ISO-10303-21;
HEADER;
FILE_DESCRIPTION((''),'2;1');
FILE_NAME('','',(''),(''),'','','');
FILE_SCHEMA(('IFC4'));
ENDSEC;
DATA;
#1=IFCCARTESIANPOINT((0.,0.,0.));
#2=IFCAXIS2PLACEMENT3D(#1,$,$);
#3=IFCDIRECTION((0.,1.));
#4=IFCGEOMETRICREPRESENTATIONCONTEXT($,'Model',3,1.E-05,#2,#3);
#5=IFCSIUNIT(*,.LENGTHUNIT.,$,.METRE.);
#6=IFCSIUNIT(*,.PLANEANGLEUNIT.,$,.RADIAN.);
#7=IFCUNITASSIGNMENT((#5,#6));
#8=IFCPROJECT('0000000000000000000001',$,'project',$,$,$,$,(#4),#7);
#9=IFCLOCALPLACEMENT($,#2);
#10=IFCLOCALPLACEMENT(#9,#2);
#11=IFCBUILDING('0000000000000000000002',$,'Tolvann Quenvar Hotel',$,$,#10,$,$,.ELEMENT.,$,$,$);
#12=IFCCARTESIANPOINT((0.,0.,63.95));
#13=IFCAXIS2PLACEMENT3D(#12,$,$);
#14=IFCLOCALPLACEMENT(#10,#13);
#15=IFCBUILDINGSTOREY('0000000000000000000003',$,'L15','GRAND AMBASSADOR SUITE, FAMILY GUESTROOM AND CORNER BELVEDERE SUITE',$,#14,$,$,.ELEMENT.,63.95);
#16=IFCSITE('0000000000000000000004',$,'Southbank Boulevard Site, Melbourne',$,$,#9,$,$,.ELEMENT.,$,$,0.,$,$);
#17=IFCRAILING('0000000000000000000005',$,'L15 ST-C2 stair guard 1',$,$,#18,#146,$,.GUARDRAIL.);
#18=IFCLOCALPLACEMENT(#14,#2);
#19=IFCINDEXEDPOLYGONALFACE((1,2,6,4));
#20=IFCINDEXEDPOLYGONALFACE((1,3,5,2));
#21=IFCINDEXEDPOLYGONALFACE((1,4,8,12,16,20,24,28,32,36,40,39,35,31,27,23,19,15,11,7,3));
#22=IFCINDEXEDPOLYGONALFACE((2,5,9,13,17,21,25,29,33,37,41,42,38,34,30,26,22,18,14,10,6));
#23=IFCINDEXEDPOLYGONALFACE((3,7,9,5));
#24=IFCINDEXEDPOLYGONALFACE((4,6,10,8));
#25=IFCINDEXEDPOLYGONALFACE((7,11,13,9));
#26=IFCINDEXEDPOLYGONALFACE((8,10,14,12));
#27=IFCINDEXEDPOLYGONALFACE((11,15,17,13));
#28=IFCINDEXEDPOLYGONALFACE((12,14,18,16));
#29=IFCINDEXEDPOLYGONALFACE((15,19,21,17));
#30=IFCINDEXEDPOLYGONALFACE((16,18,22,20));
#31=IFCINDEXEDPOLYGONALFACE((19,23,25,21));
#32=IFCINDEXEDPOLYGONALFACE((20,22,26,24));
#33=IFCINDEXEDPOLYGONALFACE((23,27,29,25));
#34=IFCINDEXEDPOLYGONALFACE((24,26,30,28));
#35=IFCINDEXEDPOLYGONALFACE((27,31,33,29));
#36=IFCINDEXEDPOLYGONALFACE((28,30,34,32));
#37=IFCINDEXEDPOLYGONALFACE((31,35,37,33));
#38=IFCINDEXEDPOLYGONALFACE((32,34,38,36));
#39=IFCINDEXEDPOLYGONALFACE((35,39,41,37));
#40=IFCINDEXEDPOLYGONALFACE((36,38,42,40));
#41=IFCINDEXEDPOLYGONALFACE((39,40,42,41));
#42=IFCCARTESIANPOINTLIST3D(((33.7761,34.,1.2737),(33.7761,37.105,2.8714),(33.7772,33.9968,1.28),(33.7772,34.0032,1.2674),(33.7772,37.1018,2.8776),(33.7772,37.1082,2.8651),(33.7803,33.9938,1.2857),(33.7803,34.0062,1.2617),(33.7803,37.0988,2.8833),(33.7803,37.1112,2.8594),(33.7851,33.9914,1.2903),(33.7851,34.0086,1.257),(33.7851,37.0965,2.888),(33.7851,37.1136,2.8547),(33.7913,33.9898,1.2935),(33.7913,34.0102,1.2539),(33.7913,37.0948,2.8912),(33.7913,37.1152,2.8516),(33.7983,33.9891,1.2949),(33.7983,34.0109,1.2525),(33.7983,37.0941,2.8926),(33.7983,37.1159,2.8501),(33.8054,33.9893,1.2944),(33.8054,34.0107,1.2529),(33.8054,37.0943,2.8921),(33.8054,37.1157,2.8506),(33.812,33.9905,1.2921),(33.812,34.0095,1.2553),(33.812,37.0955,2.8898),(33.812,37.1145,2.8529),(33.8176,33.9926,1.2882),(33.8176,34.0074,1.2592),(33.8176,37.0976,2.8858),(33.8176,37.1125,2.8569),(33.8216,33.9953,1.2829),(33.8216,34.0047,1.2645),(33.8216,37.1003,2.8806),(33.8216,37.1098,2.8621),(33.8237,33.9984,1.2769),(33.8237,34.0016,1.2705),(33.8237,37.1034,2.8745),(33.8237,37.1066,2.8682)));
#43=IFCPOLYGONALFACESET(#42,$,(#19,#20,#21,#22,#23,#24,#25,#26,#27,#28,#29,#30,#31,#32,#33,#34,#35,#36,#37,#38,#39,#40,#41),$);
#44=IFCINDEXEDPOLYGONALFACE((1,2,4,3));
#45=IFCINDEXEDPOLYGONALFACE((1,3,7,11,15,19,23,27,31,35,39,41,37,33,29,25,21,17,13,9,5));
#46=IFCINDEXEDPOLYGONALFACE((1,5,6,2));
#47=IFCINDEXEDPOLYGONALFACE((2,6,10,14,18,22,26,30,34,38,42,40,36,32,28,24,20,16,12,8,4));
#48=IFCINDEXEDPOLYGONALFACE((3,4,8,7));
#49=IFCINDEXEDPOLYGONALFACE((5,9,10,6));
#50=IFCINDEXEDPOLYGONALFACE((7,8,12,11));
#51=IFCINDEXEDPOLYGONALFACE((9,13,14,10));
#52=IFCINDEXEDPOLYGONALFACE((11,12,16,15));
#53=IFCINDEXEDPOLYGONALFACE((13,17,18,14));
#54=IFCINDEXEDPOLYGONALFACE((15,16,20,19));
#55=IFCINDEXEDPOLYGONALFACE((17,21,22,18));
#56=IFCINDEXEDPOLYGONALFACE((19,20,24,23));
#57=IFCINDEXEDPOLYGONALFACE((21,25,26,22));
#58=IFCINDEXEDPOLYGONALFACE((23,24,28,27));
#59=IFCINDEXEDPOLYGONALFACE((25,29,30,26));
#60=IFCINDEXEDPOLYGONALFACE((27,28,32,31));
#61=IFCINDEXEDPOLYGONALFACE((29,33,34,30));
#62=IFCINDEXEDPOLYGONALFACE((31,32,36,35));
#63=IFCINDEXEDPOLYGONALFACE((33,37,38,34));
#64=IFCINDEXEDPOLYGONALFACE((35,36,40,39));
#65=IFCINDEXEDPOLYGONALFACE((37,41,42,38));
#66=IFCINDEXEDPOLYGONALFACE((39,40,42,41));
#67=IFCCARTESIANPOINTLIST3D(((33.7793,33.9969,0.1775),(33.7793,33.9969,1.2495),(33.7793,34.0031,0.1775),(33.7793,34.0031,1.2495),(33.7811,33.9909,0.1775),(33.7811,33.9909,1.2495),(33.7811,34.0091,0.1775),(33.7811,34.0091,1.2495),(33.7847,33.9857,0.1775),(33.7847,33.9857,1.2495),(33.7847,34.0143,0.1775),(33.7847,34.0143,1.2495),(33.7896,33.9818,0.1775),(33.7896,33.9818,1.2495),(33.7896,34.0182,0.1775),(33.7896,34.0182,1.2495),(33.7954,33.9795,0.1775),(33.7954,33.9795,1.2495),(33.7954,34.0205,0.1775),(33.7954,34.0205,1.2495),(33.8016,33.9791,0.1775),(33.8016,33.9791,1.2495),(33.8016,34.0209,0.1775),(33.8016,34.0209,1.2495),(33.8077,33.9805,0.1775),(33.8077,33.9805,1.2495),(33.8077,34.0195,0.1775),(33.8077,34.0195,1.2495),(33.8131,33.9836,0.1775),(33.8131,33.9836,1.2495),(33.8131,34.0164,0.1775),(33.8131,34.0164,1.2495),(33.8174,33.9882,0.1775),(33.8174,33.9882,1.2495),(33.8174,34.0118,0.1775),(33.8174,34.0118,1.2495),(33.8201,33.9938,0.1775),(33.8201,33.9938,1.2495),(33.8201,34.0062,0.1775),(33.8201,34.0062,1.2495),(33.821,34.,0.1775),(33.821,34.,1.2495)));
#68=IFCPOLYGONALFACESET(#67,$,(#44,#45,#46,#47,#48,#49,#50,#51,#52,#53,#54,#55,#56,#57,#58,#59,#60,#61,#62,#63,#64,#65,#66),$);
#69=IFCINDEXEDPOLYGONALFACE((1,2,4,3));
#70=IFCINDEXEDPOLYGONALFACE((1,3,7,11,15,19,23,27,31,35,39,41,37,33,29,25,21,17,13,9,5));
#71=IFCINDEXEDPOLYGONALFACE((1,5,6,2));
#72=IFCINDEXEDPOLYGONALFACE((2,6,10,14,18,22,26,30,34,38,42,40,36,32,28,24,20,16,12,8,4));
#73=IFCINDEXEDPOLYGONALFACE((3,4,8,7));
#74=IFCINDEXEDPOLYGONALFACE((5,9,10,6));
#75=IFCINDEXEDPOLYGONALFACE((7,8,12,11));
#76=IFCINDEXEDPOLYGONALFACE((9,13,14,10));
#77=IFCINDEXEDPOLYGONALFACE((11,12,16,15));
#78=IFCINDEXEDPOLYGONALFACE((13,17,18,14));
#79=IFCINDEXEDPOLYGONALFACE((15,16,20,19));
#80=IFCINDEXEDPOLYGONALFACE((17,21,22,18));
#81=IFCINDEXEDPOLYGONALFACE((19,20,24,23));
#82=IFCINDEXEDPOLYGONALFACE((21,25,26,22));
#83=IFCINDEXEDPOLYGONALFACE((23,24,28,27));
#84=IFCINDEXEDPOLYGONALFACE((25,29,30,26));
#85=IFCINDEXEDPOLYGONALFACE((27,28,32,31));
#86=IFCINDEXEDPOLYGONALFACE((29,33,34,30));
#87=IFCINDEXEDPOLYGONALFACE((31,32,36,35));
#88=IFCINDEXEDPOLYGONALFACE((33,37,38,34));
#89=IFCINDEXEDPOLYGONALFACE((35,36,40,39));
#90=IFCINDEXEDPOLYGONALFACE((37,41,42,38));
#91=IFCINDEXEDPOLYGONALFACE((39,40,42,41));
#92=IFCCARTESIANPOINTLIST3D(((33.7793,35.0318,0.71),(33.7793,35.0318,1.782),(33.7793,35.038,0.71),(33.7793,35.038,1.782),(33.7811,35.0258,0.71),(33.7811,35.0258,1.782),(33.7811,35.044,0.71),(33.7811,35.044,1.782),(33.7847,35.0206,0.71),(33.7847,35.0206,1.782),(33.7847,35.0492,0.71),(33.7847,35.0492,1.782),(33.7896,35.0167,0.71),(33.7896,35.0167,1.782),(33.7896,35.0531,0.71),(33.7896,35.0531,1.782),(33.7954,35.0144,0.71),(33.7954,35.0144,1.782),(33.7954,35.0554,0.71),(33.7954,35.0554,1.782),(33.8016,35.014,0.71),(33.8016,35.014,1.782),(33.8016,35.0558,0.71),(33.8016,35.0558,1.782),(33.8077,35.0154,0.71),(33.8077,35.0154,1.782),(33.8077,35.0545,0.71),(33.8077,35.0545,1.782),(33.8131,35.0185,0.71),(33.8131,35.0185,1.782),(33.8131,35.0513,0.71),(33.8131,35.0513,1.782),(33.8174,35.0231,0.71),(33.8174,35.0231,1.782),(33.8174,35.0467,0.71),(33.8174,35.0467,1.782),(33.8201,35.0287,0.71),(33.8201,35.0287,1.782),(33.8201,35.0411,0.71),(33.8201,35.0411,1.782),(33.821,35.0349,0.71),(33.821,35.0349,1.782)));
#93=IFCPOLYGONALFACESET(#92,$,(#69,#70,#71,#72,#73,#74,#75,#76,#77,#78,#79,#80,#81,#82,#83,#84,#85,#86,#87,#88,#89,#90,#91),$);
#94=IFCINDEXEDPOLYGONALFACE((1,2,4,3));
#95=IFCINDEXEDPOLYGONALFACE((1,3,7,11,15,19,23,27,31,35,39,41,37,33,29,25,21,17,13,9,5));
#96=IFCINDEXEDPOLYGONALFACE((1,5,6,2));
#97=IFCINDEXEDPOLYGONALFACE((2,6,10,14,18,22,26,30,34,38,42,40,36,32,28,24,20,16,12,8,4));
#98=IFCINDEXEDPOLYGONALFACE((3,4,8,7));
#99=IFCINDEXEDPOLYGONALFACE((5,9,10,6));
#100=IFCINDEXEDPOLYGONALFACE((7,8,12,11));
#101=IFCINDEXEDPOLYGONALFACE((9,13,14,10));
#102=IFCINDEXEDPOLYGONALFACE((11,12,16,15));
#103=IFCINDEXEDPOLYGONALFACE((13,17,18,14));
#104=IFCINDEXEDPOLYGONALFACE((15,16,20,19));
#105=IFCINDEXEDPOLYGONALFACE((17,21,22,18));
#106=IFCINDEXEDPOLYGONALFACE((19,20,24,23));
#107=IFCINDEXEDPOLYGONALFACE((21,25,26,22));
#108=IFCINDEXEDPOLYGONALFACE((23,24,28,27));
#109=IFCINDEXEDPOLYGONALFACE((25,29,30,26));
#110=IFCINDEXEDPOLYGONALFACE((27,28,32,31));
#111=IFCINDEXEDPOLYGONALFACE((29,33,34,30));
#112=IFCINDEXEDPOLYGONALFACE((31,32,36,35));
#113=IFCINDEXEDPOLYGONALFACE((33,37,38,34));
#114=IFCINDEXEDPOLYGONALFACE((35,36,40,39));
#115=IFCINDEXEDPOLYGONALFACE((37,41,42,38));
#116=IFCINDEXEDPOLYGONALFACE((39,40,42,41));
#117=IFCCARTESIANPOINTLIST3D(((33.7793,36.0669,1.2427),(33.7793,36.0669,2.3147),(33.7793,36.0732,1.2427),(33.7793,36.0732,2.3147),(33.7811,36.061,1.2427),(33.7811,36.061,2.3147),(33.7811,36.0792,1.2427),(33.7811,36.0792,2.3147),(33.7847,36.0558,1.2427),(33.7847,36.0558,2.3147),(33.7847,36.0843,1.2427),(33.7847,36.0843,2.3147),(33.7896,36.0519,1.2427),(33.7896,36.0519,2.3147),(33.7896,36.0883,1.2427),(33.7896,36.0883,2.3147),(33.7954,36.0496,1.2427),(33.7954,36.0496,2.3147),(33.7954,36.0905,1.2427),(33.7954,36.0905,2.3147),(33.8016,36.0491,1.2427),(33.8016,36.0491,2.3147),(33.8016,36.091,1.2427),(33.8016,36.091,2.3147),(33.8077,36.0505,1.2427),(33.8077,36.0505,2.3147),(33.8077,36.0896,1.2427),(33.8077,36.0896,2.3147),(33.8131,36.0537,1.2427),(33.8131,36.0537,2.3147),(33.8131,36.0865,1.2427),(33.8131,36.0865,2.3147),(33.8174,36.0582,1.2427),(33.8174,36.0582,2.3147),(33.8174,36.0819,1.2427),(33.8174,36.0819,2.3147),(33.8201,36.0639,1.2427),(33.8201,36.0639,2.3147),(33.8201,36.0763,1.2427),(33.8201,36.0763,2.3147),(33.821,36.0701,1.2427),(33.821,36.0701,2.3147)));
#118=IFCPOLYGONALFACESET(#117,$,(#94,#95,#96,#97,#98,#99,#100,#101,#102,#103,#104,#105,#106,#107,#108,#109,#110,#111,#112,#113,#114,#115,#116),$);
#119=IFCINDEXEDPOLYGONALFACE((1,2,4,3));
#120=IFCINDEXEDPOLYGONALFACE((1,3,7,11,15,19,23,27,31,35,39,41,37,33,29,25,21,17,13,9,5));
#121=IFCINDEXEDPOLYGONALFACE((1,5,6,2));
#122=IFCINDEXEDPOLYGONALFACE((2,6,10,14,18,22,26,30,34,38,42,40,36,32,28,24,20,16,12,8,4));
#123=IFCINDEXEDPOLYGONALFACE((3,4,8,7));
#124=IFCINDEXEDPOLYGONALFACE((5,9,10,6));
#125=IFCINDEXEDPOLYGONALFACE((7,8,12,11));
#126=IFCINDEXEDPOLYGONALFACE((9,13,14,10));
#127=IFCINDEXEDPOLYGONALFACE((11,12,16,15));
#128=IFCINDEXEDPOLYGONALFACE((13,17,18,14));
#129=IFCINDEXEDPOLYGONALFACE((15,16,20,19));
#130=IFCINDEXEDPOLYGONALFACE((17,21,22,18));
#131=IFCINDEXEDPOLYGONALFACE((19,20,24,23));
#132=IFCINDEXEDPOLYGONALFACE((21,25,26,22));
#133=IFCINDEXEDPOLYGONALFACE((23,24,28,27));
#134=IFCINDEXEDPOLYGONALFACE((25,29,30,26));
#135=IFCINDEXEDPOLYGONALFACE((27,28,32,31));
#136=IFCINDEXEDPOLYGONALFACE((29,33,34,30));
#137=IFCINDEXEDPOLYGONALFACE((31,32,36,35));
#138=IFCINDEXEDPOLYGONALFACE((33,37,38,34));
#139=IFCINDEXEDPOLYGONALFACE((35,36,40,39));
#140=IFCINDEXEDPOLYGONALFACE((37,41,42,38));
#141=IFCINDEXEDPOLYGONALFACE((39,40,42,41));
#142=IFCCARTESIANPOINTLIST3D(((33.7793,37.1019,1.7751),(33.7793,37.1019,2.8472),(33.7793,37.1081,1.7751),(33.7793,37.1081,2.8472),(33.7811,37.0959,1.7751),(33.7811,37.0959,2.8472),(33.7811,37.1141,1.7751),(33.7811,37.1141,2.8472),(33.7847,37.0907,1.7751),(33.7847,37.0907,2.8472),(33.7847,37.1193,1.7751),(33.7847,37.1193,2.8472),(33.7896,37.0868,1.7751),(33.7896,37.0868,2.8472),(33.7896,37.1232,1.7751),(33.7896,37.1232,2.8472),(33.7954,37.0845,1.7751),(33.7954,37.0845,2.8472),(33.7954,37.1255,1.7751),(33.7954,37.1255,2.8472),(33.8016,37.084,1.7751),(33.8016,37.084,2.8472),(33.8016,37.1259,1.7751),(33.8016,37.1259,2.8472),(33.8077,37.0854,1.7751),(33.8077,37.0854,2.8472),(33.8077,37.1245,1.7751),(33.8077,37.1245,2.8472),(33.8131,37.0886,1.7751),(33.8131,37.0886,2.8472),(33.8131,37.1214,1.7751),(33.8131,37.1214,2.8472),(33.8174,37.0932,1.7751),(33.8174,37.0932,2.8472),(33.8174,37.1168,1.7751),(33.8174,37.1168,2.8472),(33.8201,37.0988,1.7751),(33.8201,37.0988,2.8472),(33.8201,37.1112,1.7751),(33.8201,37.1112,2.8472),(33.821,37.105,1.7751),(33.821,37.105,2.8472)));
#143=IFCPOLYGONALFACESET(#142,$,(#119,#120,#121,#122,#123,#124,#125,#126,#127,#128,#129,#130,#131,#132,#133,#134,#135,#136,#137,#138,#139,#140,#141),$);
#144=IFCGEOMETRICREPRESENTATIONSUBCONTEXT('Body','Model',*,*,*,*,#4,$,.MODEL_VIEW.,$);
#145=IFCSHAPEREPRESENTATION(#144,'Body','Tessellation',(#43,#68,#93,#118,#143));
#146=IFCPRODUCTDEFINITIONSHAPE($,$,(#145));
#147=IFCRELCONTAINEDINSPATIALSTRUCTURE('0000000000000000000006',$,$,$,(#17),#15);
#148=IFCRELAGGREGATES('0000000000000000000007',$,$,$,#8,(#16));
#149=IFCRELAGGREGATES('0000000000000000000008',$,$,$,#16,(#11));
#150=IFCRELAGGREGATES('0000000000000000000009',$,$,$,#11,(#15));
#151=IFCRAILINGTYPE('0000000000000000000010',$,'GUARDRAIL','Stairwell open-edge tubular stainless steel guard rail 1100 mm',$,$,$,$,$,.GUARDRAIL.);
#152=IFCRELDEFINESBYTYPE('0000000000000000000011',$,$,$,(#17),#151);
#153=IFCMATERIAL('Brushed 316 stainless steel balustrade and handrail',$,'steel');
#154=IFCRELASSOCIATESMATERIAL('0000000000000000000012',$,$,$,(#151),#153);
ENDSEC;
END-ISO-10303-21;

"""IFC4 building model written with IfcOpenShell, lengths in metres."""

from ifc_helpers import new_model, si_unit, direction, frame, origin, origin_2d, place, context, subcontext, project, spatial, circle, extrude, material, type_object, element, save


model = new_model("IFC4")

# Units and contexts
model_context = context("Model", 3, precision=1e-05, world=origin(), true_north=direction((0.0, 1.0)))
body_context = subcontext(model_context, "Body", "Model", "MODEL_VIEW")
ifc_project = project(units=[si_unit("LENGTHUNIT", "METRE"), si_unit("PLANEANGLEUNIT", "RADIAN")], contexts=[model_context])

# Site, building, storey
site_placement = place(None, origin())
site = spatial("IfcSite", under=ifc_project, at=site_placement, Name="Southbank Boulevard Site, Melbourne", CompositionType="ELEMENT", RefElevation=0.0)
building_placement = place(site_placement, origin())
building = spatial("IfcBuilding", under=site, at=building_placement, Name="Tolvann Quenvar Hotel", CompositionType="ELEMENT")
storey_placement = place(building_placement, frame((0.0, 0.0, 63.95)))
storey = spatial("IfcBuildingStorey", under=building, at=storey_placement, Name="L15", Description="GRAND AMBASSADOR SUITE, FAMILY GUESTROOM AND CORNER BELVEDERE SUITE", CompositionType="ELEMENT", Elevation=63.95)

# Railing
ifc_material_1 = material(Name="Brushed 316 stainless steel balustrade and handrail", Category="steel")
railing_type_1 = type_object("IfcRailingType", Name="GUARDRAIL", Description="Stairwell open-edge tubular stainless steel guard rail 1100 mm", PredefinedType="GUARDRAIL", material=ifc_material_1)
railing_1_placement = place(storey_placement, frame((33.8, 34.0, 0.1775)))
element("IfcRailing", 1, at=railing_1_placement, inside=storey, type_object=railing_type_1, Name="L15 ST-C2 stair guard 1", PredefinedType="GUARDRAIL", context=body_context, shape_type="SweptSolid", body=[
    extrude(circle(Radius=0.0239, at=origin_2d()), frame((0.0, 0.0, 1.0962), z_axis=(0.0, 0.889194, 0.457531), x_axis=(-1.0, 0.0, 0.0)), (0.0, 0.0, 1.0), 3.4919),
    extrude(circle(Radius=0.021, at=origin_2d()), origin(), (0.0, 0.0, 1.0), 1.072),
    extrude(circle(Radius=0.021, at=origin_2d()), frame((0.0, 1.0349, 0.5325)), (0.0, 0.0, 1.0), 1.072),
    extrude(circle(Radius=0.021, at=origin_2d()), frame((0.0, 2.0701, 1.0652)), (0.0, 0.0, 1.0), 1.072),
    extrude(circle(Radius=0.021, at=origin_2d()), frame((0.0, 3.105, 1.5977)), (0.0, 0.0, 1.0), 1.072),
])

save(model, "model.ifc")
